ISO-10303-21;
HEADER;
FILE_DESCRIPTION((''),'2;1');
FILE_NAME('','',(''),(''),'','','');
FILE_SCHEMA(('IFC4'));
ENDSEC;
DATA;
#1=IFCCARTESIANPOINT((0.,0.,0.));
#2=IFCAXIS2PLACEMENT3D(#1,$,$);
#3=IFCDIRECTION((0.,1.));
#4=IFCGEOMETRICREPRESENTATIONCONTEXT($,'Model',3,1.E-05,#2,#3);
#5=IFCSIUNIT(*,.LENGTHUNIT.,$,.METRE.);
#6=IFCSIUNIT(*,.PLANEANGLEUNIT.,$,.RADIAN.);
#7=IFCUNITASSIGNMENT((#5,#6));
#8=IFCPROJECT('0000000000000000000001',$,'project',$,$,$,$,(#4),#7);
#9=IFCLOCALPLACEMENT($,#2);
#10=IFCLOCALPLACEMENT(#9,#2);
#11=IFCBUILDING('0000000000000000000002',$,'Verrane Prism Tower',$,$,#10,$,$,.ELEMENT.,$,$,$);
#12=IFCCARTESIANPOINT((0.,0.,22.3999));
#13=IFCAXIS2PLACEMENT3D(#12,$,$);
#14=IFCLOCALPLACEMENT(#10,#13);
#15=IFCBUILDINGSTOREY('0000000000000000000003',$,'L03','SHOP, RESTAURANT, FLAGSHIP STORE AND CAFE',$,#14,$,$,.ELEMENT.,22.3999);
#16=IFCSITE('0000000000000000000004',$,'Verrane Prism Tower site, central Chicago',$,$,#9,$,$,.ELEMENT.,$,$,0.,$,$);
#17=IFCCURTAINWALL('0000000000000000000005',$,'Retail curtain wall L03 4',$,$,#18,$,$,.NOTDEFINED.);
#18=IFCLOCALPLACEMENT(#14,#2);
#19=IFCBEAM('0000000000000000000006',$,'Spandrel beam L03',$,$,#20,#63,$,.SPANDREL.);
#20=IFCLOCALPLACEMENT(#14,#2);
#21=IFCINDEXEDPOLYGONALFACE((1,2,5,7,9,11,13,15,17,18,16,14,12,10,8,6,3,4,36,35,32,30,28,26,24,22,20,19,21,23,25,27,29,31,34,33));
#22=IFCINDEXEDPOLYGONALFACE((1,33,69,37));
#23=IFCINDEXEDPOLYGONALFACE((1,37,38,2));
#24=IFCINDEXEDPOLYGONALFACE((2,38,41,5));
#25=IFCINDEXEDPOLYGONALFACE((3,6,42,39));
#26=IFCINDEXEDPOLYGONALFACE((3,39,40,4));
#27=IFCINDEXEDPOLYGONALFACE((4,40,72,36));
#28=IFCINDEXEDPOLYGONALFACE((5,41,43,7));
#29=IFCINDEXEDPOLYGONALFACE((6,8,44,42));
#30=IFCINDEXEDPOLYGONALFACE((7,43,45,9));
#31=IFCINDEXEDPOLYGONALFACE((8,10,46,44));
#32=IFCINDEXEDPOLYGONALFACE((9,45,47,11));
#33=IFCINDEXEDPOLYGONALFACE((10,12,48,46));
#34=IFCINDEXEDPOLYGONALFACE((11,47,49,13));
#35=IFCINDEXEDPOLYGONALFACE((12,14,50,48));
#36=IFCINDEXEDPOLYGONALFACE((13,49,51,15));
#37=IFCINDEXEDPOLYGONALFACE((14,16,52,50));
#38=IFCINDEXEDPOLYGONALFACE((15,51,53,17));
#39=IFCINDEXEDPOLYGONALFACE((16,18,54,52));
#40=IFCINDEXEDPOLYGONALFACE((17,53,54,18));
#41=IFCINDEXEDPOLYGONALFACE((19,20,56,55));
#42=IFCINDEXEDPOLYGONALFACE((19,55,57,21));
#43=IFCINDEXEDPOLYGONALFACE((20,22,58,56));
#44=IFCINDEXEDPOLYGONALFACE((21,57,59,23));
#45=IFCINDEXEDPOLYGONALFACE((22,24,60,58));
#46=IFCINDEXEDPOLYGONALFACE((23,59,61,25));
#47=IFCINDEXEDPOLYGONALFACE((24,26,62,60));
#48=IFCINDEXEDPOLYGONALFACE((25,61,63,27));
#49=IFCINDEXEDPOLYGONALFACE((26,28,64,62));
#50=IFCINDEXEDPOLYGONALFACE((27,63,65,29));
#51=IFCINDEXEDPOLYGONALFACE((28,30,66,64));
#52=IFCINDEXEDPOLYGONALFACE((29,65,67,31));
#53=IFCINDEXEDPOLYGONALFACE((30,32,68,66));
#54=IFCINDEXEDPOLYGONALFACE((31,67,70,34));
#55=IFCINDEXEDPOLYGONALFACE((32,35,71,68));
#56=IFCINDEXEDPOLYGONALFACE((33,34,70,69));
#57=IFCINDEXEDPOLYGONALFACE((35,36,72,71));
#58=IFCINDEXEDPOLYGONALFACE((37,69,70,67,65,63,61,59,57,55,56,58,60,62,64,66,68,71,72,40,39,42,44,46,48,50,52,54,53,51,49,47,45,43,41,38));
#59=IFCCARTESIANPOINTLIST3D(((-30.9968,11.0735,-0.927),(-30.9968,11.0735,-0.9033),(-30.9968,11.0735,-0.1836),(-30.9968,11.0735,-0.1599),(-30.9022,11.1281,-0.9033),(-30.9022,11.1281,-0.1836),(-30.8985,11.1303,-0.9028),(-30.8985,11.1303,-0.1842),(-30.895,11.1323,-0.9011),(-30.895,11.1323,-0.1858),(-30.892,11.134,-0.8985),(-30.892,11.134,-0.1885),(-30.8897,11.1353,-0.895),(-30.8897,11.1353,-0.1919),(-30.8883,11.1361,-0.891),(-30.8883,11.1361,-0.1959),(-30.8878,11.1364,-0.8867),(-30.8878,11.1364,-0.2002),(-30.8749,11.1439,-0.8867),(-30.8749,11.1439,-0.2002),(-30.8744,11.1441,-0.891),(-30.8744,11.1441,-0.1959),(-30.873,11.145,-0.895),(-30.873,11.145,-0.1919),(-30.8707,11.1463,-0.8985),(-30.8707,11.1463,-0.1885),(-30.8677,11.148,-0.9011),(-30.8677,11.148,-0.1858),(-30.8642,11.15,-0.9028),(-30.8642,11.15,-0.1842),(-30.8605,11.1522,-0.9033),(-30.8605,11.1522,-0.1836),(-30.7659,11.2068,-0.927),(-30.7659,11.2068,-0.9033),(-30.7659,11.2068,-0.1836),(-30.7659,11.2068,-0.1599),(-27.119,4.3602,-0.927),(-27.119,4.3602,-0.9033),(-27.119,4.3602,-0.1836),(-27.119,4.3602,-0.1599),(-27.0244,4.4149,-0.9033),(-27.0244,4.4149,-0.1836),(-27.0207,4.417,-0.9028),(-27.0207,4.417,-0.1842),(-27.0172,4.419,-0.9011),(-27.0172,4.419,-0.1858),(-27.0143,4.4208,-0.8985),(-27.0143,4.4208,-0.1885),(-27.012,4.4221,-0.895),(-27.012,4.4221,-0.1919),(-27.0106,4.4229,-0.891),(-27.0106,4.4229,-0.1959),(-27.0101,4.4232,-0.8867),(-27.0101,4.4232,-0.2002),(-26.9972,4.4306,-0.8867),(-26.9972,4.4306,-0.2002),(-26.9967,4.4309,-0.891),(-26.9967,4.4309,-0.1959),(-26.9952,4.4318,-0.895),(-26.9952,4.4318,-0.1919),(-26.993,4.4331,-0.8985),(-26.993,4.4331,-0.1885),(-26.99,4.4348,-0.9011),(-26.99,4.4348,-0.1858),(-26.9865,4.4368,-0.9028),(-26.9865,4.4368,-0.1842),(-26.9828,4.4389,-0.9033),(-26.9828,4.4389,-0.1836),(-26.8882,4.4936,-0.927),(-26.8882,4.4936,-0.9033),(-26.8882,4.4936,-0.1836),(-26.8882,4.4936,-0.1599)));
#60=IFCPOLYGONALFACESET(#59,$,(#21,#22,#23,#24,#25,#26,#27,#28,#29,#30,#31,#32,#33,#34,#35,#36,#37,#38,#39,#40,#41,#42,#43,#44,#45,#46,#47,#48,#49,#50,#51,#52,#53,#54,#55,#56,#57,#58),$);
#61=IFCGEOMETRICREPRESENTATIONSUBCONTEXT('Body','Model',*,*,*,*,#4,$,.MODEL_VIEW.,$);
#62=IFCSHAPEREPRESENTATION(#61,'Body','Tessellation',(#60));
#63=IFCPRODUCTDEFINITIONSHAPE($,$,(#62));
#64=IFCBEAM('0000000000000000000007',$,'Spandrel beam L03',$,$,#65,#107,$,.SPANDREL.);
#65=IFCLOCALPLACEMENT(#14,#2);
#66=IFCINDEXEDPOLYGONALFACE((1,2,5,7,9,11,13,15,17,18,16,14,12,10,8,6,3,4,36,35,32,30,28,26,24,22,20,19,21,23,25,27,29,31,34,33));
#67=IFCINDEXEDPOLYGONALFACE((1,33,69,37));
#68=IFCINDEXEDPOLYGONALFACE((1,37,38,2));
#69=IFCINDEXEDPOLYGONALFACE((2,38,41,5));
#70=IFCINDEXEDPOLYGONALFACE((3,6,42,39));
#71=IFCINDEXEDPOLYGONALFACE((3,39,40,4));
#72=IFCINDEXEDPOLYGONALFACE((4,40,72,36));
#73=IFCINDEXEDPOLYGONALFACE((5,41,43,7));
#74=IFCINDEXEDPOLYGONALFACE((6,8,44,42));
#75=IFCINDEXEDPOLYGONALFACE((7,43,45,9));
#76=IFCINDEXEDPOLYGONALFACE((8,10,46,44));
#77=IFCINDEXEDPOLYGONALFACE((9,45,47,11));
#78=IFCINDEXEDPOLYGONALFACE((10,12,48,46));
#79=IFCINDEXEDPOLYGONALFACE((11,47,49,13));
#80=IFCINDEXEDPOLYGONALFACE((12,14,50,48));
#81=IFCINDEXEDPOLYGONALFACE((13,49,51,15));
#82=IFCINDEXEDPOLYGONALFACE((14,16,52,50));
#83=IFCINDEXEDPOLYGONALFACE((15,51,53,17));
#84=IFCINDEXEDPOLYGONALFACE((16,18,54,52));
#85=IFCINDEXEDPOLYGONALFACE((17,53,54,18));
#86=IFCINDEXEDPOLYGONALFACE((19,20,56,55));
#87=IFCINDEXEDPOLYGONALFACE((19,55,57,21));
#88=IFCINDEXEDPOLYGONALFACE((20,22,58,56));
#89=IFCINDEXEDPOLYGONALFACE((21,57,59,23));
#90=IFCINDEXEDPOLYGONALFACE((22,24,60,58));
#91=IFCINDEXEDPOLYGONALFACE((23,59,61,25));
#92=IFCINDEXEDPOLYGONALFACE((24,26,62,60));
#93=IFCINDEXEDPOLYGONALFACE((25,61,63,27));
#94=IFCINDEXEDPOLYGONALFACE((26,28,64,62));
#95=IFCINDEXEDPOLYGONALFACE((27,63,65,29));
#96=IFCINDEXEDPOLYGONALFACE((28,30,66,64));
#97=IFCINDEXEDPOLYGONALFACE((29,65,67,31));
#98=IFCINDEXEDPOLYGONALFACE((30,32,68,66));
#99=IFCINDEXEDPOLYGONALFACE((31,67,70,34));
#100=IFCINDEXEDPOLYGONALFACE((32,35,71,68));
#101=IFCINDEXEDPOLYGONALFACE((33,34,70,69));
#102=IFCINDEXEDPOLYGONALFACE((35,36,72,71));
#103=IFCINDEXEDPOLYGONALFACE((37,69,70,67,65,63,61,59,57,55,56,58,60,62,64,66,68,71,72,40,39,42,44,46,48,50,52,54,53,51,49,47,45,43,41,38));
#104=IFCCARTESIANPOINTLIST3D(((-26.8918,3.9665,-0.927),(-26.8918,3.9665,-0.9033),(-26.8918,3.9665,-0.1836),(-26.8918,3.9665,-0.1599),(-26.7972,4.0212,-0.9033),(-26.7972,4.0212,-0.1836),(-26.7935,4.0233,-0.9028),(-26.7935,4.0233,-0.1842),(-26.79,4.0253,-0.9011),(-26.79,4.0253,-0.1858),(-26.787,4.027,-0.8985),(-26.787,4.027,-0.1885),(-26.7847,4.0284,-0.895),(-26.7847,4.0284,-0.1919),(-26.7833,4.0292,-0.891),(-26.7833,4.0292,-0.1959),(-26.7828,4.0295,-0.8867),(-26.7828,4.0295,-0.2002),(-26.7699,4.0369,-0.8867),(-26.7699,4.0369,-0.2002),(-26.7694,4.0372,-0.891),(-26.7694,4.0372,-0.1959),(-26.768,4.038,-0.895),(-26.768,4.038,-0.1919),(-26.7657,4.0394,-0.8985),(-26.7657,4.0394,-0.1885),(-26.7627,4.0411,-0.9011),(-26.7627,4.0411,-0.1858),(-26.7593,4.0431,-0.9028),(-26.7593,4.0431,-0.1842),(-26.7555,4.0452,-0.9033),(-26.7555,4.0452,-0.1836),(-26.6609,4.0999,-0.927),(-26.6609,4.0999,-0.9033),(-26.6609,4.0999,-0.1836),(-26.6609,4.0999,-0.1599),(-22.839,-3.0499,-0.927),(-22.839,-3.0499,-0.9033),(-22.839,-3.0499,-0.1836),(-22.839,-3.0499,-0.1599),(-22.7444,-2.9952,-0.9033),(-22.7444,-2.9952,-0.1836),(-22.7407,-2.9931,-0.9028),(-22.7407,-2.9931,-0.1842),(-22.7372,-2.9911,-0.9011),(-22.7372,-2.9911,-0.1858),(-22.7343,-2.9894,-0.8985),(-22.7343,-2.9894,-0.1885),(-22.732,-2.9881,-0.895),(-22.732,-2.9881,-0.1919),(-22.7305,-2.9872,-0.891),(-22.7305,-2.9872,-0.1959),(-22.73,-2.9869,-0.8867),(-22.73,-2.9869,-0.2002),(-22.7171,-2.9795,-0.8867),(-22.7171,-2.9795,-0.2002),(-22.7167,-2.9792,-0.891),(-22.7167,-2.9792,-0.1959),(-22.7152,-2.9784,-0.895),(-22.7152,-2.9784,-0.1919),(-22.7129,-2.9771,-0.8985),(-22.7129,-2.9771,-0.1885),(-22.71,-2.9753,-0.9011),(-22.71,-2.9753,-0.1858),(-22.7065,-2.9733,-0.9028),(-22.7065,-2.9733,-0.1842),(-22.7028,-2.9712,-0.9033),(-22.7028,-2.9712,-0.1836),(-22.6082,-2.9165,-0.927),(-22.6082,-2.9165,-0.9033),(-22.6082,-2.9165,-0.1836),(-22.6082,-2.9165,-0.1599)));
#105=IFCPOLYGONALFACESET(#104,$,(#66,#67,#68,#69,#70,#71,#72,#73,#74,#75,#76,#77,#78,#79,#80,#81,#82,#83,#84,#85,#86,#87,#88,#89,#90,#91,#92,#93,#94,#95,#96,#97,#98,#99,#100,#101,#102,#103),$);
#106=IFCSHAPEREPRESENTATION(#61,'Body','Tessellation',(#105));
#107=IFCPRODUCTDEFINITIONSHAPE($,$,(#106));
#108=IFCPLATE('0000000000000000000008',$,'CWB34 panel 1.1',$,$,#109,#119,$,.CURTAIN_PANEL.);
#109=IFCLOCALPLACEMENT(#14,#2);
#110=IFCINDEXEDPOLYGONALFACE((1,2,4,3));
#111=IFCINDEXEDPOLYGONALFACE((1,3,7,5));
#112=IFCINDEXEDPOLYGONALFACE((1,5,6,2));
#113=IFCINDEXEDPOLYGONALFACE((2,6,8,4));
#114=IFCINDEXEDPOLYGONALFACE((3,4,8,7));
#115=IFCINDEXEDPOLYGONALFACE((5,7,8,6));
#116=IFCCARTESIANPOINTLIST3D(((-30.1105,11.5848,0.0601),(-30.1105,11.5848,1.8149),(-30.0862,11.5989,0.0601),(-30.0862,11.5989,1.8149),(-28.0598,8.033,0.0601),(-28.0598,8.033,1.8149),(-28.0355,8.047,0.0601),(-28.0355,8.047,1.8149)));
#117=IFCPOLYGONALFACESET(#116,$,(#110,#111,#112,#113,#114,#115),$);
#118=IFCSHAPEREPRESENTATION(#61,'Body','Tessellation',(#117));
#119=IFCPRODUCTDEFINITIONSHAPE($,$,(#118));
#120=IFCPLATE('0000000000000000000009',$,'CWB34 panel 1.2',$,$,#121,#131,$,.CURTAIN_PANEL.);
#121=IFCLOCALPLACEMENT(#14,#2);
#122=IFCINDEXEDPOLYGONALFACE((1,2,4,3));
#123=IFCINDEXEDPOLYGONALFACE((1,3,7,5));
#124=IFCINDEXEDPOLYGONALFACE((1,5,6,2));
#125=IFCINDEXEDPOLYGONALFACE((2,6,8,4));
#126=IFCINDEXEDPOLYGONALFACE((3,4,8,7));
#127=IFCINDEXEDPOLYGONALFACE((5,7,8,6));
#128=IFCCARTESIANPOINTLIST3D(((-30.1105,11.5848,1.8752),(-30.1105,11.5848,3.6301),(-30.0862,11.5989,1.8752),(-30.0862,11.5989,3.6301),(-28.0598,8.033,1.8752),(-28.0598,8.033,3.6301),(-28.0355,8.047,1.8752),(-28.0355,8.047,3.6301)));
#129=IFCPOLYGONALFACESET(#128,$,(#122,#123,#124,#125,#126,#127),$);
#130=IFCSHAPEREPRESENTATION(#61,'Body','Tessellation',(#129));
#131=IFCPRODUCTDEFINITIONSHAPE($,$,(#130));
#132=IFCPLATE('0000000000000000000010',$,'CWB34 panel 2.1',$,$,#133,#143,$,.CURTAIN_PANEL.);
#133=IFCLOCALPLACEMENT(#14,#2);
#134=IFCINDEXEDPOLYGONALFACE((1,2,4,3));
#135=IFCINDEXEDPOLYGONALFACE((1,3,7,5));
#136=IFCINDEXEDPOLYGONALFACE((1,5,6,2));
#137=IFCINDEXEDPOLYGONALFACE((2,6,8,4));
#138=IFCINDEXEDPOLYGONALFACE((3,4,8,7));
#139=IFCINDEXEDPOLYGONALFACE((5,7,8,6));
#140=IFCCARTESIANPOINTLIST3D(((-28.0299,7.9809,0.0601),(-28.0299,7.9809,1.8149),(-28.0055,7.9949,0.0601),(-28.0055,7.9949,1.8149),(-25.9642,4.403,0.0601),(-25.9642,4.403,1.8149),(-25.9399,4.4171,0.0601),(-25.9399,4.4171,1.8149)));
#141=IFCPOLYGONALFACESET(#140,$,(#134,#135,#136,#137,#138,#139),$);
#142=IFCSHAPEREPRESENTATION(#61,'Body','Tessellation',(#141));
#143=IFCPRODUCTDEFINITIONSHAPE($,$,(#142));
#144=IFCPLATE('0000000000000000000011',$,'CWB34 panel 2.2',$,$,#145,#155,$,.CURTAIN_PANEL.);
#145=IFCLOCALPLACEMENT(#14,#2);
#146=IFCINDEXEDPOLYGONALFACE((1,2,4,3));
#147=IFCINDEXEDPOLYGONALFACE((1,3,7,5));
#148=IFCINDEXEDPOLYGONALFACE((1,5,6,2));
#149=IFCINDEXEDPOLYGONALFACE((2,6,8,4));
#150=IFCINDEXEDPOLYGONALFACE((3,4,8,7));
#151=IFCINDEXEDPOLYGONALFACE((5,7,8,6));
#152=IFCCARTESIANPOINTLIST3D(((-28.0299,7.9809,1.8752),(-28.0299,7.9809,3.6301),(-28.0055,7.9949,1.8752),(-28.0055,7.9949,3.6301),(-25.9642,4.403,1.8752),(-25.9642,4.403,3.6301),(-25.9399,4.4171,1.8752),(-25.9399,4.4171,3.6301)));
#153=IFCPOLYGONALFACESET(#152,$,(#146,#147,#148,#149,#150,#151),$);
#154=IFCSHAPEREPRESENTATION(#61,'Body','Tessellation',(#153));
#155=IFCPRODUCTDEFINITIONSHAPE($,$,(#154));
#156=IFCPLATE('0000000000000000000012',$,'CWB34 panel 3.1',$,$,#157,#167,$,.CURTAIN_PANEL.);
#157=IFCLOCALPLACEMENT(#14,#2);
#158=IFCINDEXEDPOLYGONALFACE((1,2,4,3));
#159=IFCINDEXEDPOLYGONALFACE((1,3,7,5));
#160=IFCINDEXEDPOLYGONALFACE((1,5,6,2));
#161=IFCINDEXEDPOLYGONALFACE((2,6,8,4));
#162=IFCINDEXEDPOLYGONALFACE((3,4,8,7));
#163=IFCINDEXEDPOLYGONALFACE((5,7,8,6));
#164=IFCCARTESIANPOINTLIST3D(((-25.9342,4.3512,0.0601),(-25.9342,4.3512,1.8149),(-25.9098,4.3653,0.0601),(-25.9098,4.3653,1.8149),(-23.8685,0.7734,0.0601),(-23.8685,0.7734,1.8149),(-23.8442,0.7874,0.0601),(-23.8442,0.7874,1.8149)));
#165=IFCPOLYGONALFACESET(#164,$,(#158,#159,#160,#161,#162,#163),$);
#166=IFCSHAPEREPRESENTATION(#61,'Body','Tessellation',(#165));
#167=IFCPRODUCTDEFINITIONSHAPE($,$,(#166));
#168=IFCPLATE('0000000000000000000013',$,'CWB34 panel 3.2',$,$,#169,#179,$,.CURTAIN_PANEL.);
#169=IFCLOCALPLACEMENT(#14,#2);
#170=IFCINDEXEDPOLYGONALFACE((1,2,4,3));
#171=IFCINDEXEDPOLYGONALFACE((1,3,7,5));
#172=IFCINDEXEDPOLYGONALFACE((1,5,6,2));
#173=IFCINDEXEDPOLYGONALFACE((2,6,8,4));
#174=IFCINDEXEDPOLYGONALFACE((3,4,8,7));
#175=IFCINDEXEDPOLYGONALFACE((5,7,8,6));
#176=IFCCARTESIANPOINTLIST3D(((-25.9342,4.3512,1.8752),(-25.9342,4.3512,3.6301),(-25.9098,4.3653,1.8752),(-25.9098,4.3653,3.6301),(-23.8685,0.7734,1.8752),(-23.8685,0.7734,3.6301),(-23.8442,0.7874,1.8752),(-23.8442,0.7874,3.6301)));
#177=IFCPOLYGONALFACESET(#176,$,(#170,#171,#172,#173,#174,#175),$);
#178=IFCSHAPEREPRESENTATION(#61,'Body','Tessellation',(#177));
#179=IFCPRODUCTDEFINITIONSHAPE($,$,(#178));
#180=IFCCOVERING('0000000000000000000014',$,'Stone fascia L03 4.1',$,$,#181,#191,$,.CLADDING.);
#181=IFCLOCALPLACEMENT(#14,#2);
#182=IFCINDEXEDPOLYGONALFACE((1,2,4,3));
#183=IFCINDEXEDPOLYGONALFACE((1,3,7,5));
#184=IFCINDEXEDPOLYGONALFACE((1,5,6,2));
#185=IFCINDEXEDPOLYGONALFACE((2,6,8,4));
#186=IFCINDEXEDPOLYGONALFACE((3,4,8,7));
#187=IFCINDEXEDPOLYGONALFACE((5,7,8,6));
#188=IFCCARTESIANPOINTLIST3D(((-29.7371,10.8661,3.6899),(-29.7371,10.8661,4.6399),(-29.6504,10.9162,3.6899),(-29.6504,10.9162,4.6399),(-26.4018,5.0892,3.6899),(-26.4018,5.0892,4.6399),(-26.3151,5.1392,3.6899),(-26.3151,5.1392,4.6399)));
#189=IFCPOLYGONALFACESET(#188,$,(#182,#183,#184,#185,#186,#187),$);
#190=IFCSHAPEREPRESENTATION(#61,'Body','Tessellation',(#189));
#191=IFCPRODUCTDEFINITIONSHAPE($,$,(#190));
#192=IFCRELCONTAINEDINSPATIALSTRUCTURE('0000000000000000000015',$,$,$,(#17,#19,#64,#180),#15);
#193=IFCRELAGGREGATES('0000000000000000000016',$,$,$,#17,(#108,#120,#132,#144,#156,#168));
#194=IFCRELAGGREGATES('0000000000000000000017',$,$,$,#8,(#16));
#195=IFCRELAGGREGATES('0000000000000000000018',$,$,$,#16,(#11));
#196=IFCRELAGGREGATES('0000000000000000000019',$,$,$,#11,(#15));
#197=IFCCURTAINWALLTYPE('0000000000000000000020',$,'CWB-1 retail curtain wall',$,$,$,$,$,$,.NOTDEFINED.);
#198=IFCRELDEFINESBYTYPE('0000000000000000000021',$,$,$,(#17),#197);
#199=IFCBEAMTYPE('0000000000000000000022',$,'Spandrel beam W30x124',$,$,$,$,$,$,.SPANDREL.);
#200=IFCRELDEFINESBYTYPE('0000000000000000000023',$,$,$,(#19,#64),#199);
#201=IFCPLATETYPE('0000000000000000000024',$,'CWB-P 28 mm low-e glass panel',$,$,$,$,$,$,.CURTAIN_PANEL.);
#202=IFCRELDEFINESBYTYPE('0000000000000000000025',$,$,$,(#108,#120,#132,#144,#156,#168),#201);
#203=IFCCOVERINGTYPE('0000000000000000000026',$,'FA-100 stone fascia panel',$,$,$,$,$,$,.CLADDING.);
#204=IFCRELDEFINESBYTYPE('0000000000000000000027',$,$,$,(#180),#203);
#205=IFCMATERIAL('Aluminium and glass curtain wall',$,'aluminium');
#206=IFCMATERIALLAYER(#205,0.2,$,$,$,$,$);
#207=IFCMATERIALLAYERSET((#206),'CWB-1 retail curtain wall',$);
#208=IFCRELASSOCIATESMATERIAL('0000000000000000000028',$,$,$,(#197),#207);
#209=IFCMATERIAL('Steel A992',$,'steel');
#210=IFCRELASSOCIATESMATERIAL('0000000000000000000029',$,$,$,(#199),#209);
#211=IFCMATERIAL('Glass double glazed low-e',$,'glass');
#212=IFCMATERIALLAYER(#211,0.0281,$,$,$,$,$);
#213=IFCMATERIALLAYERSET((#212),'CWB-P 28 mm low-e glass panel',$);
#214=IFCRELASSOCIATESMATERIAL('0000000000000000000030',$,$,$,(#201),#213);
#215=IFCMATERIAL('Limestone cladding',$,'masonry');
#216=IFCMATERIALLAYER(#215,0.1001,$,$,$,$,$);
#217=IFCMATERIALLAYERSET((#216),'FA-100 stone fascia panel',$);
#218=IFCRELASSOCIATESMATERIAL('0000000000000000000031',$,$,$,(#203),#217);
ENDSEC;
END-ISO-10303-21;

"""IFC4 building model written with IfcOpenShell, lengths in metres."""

from ifc_helpers import new_model, si_unit, direction, frame, origin, origin_2d, place, context, subcontext, project, spatial, rectangle, i_section, extrude, material, layer, layer_set, material_profile, profile_set, type_object, element, aggregate, save


model = new_model("IFC4")

# Units and contexts
model_context = context("Model", 3, precision=1e-05, world=origin(), true_north=direction((0.0, 1.0)))
body_context = subcontext(model_context, "Body", "Model", "MODEL_VIEW")
ifc_project = project(units=[si_unit("LENGTHUNIT", "METRE"), si_unit("PLANEANGLEUNIT", "RADIAN")], contexts=[model_context])

# Site, building, storey
site_placement = place(None, origin())
site = spatial("IfcSite", under=ifc_project, at=site_placement, Name="Verrane Prism Tower site, central Chicago", CompositionType="ELEMENT", RefElevation=0.0)
building_placement = place(site_placement, origin())
building = spatial("IfcBuilding", under=site, at=building_placement, Name="Verrane Prism Tower", CompositionType="ELEMENT")
storey_placement = place(building_placement, frame((0.0, 0.0, 22.3999)))
storey = spatial("IfcBuildingStorey", under=building, at=storey_placement, Name="L03", Description="SHOP, RESTAURANT, FLAGSHIP STORE AND CAFE", CompositionType="ELEMENT", Elevation=22.3999)

# Shared definitions
ifc_material_1 = material(Name="Aluminium and glass curtain wall", Category="aluminium")
ifc_layer_1 = layer(ifc_material_1, 0.2)
ifc_layer_set_1 = layer_set([ifc_layer_1], Name="CWB-1 retail curtain wall")
curtain_wall_type = type_object("IfcCurtainWallType", Name="CWB-1 retail curtain wall", PredefinedType="NOTDEFINED", material=ifc_layer_set_1)

# Curtain wall
curtain_wall_1_placement = place(storey_placement, origin())
curtain_wall_1 = element("IfcCurtainWall", 1, at=curtain_wall_1_placement, inside=storey, type_object=curtain_wall_type, Name="Retail curtain wall L03 4", PredefinedType="NOTDEFINED")

# Beams
ifc_material_2 = material(Name="Steel A992", Category="steel")
ifc_material_profile_1 = material_profile(ifc_material_2, i_section(OverallWidth=0.2666, OverallDepth=0.7671, WebThickness=0.0149, FlangeThickness=0.0237, FilletRadius=0.0166, at=origin_2d()), Name="W30x124")
ifc_profile_set_1 = profile_set([ifc_material_profile_1], Name="Steel A992")
beam_type_1 = type_object("IfcBeamType", Name="Spandrel beam W30x124", PredefinedType="SPANDREL", material=ifc_profile_set_1)
beam_1_placement = place(storey_placement, frame((-30.8813, 11.1401, -0.5435), z_axis=(0.500179, -0.865922, 0.0), x_axis=(0.865922, 0.500179, 0.0)))
element("IfcBeam", 2, at=beam_1_placement, inside=storey, type_object=beam_type_1, Name="Spandrel beam L03", PredefinedType="SPANDREL", context=body_context, shape_type="SweptSolid", body=[
    extrude(i_section(OverallWidth=0.2666, OverallDepth=0.7671, WebThickness=0.0149, FlangeThickness=0.0237, FilletRadius=0.0166, at=origin_2d()), origin(), (0.0, 0.0, 1.0), 7.7527),
])
beam_2_placement = place(storey_placement, frame((-26.7764, 4.0332, -0.5435), z_axis=(0.50017, -0.865927, 0.0), x_axis=(0.865927, 0.50017, 0.0)))
element("IfcBeam", 3, at=beam_2_placement, inside=storey, type_object=beam_type_1, Name="Spandrel beam L03", PredefinedType="SPANDREL", context=body_context, shape_type="SweptSolid", body=[
    extrude(i_section(OverallWidth=0.2666, OverallDepth=0.7671, WebThickness=0.0149, FlangeThickness=0.0237, FilletRadius=0.0166, at=origin_2d()), origin(), (0.0, 0.0, 1.0), 8.1028),
])

# Plates
ifc_material_3 = material(Name="Glass double glazed low-e", Category="glass")
ifc_layer_2 = layer(ifc_material_3, 0.0281)
ifc_layer_set_2 = layer_set([ifc_layer_2], Name="CWB-P 28 mm low-e glass panel")
plate_type = type_object("IfcPlateType", Name="CWB-P 28 mm low-e glass panel", PredefinedType="CURTAIN_PANEL", material=ifc_layer_set_2)
plate_1_placement = place(storey_placement, frame((-29.073, 9.8159, 0.0601), z_axis=(0.0, 0.0, 1.0), x_axis=(0.5, -0.866025, 0.0)))
plate_1 = element("IfcPlate", 4, at=plate_1_placement, type_object=plate_type, Name="CWB34 panel 1.1", PredefinedType="CURTAIN_PANEL", context=body_context, shape_type="SweptSolid", body=[
    extrude(rectangle(XDim=4.1013, YDim=0.0281, at=origin_2d()), origin(), (0.0, 0.0, 1.0), 1.7549),
])
plate_2_placement = place(storey_placement, frame((-29.073, 9.8159, 1.8752), z_axis=(0.0, 0.0, 1.0), x_axis=(0.5, -0.866025, 0.0)))
plate_2 = element("IfcPlate", 5, at=plate_2_placement, type_object=plate_type, Name="CWB34 panel 1.2", PredefinedType="CURTAIN_PANEL", context=body_context, shape_type="SweptSolid", body=[
    extrude(rectangle(XDim=4.1013, YDim=0.0281, at=origin_2d()), origin(), (0.0, 0.0, 1.0), 1.7549),
])
plate_3_placement = place(storey_placement, frame((-26.9849, 6.199, 0.0601), z_axis=(0.0, 0.0, 1.0), x_axis=(0.5, -0.866025, 0.0)))
plate_3 = element("IfcPlate", 6, at=plate_3_placement, type_object=plate_type, Name="CWB34 panel 2.1", PredefinedType="CURTAIN_PANEL", context=body_context, shape_type="SweptSolid", body=[
    extrude(rectangle(XDim=4.1313, YDim=0.0281, at=origin_2d()), origin(), (0.0, 0.0, 1.0), 1.7549),
])
plate_4_placement = place(storey_placement, frame((-26.9849, 6.199, 1.8752), z_axis=(0.0, 0.0, 1.0), x_axis=(0.5, -0.866025, 0.0)))
plate_4 = element("IfcPlate", 7, at=plate_4_placement, type_object=plate_type, Name="CWB34 panel 2.2", PredefinedType="CURTAIN_PANEL", context=body_context, shape_type="SweptSolid", body=[
    extrude(rectangle(XDim=4.1313, YDim=0.0281, at=origin_2d()), origin(), (0.0, 0.0, 1.0), 1.7549),
])
plate_5_placement = place(storey_placement, frame((-24.8892, 2.5693, 0.0601), z_axis=(0.0, 0.0, 1.0), x_axis=(0.5, -0.866025, 0.0)))
plate_5 = element("IfcPlate", 8, at=plate_5_placement, type_object=plate_type, Name="CWB34 panel 3.1", PredefinedType="CURTAIN_PANEL", context=body_context, shape_type="SweptSolid", body=[
    extrude(rectangle(XDim=4.1313, YDim=0.0281, at=origin_2d()), origin(), (0.0, 0.0, 1.0), 1.7549),
])
plate_6_placement = place(storey_placement, frame((-24.8892, 2.5693, 1.8752), z_axis=(0.0, 0.0, 1.0), x_axis=(0.5, -0.866025, 0.0)))
plate_6 = element("IfcPlate", 9, at=plate_6_placement, type_object=plate_type, Name="CWB34 panel 3.2", PredefinedType="CURTAIN_PANEL", context=body_context, shape_type="SweptSolid", body=[
    extrude(rectangle(XDim=4.1313, YDim=0.0281, at=origin_2d()), origin(), (0.0, 0.0, 1.0), 1.7549),
])
aggregate(curtain_wall_1, [plate_1, plate_2, plate_3, plate_4, plate_5, plate_6])

# Covering
ifc_material_4 = material(Name="Limestone cladding", Category="masonry")
ifc_layer_3 = layer(ifc_material_4, 0.1001)
ifc_layer_set_3 = layer_set([ifc_layer_3], Name="FA-100 stone fascia panel")
covering_type = type_object("IfcCoveringType", Name="FA-100 stone fascia panel", PredefinedType="CLADDING", material=ifc_layer_set_3)
covering_placement = place(storey_placement, frame((-28.0261, 8.0027, 3.6899), z_axis=(0.0, 0.0, 1.0), x_axis=(0.5, -0.866025, 0.0)))
element("IfcCovering", 10, at=covering_placement, inside=storey, type_object=covering_type, Name="Stone fascia L03 4.1", PredefinedType="CLADDING", context=body_context, shape_type="SweptSolid", body=[
    extrude(rectangle(XDim=6.6707, YDim=0.1001, at=origin_2d()), origin(), (0.0, 0.0, 1.0), 0.95),
])

save(model, "model.ifc")
